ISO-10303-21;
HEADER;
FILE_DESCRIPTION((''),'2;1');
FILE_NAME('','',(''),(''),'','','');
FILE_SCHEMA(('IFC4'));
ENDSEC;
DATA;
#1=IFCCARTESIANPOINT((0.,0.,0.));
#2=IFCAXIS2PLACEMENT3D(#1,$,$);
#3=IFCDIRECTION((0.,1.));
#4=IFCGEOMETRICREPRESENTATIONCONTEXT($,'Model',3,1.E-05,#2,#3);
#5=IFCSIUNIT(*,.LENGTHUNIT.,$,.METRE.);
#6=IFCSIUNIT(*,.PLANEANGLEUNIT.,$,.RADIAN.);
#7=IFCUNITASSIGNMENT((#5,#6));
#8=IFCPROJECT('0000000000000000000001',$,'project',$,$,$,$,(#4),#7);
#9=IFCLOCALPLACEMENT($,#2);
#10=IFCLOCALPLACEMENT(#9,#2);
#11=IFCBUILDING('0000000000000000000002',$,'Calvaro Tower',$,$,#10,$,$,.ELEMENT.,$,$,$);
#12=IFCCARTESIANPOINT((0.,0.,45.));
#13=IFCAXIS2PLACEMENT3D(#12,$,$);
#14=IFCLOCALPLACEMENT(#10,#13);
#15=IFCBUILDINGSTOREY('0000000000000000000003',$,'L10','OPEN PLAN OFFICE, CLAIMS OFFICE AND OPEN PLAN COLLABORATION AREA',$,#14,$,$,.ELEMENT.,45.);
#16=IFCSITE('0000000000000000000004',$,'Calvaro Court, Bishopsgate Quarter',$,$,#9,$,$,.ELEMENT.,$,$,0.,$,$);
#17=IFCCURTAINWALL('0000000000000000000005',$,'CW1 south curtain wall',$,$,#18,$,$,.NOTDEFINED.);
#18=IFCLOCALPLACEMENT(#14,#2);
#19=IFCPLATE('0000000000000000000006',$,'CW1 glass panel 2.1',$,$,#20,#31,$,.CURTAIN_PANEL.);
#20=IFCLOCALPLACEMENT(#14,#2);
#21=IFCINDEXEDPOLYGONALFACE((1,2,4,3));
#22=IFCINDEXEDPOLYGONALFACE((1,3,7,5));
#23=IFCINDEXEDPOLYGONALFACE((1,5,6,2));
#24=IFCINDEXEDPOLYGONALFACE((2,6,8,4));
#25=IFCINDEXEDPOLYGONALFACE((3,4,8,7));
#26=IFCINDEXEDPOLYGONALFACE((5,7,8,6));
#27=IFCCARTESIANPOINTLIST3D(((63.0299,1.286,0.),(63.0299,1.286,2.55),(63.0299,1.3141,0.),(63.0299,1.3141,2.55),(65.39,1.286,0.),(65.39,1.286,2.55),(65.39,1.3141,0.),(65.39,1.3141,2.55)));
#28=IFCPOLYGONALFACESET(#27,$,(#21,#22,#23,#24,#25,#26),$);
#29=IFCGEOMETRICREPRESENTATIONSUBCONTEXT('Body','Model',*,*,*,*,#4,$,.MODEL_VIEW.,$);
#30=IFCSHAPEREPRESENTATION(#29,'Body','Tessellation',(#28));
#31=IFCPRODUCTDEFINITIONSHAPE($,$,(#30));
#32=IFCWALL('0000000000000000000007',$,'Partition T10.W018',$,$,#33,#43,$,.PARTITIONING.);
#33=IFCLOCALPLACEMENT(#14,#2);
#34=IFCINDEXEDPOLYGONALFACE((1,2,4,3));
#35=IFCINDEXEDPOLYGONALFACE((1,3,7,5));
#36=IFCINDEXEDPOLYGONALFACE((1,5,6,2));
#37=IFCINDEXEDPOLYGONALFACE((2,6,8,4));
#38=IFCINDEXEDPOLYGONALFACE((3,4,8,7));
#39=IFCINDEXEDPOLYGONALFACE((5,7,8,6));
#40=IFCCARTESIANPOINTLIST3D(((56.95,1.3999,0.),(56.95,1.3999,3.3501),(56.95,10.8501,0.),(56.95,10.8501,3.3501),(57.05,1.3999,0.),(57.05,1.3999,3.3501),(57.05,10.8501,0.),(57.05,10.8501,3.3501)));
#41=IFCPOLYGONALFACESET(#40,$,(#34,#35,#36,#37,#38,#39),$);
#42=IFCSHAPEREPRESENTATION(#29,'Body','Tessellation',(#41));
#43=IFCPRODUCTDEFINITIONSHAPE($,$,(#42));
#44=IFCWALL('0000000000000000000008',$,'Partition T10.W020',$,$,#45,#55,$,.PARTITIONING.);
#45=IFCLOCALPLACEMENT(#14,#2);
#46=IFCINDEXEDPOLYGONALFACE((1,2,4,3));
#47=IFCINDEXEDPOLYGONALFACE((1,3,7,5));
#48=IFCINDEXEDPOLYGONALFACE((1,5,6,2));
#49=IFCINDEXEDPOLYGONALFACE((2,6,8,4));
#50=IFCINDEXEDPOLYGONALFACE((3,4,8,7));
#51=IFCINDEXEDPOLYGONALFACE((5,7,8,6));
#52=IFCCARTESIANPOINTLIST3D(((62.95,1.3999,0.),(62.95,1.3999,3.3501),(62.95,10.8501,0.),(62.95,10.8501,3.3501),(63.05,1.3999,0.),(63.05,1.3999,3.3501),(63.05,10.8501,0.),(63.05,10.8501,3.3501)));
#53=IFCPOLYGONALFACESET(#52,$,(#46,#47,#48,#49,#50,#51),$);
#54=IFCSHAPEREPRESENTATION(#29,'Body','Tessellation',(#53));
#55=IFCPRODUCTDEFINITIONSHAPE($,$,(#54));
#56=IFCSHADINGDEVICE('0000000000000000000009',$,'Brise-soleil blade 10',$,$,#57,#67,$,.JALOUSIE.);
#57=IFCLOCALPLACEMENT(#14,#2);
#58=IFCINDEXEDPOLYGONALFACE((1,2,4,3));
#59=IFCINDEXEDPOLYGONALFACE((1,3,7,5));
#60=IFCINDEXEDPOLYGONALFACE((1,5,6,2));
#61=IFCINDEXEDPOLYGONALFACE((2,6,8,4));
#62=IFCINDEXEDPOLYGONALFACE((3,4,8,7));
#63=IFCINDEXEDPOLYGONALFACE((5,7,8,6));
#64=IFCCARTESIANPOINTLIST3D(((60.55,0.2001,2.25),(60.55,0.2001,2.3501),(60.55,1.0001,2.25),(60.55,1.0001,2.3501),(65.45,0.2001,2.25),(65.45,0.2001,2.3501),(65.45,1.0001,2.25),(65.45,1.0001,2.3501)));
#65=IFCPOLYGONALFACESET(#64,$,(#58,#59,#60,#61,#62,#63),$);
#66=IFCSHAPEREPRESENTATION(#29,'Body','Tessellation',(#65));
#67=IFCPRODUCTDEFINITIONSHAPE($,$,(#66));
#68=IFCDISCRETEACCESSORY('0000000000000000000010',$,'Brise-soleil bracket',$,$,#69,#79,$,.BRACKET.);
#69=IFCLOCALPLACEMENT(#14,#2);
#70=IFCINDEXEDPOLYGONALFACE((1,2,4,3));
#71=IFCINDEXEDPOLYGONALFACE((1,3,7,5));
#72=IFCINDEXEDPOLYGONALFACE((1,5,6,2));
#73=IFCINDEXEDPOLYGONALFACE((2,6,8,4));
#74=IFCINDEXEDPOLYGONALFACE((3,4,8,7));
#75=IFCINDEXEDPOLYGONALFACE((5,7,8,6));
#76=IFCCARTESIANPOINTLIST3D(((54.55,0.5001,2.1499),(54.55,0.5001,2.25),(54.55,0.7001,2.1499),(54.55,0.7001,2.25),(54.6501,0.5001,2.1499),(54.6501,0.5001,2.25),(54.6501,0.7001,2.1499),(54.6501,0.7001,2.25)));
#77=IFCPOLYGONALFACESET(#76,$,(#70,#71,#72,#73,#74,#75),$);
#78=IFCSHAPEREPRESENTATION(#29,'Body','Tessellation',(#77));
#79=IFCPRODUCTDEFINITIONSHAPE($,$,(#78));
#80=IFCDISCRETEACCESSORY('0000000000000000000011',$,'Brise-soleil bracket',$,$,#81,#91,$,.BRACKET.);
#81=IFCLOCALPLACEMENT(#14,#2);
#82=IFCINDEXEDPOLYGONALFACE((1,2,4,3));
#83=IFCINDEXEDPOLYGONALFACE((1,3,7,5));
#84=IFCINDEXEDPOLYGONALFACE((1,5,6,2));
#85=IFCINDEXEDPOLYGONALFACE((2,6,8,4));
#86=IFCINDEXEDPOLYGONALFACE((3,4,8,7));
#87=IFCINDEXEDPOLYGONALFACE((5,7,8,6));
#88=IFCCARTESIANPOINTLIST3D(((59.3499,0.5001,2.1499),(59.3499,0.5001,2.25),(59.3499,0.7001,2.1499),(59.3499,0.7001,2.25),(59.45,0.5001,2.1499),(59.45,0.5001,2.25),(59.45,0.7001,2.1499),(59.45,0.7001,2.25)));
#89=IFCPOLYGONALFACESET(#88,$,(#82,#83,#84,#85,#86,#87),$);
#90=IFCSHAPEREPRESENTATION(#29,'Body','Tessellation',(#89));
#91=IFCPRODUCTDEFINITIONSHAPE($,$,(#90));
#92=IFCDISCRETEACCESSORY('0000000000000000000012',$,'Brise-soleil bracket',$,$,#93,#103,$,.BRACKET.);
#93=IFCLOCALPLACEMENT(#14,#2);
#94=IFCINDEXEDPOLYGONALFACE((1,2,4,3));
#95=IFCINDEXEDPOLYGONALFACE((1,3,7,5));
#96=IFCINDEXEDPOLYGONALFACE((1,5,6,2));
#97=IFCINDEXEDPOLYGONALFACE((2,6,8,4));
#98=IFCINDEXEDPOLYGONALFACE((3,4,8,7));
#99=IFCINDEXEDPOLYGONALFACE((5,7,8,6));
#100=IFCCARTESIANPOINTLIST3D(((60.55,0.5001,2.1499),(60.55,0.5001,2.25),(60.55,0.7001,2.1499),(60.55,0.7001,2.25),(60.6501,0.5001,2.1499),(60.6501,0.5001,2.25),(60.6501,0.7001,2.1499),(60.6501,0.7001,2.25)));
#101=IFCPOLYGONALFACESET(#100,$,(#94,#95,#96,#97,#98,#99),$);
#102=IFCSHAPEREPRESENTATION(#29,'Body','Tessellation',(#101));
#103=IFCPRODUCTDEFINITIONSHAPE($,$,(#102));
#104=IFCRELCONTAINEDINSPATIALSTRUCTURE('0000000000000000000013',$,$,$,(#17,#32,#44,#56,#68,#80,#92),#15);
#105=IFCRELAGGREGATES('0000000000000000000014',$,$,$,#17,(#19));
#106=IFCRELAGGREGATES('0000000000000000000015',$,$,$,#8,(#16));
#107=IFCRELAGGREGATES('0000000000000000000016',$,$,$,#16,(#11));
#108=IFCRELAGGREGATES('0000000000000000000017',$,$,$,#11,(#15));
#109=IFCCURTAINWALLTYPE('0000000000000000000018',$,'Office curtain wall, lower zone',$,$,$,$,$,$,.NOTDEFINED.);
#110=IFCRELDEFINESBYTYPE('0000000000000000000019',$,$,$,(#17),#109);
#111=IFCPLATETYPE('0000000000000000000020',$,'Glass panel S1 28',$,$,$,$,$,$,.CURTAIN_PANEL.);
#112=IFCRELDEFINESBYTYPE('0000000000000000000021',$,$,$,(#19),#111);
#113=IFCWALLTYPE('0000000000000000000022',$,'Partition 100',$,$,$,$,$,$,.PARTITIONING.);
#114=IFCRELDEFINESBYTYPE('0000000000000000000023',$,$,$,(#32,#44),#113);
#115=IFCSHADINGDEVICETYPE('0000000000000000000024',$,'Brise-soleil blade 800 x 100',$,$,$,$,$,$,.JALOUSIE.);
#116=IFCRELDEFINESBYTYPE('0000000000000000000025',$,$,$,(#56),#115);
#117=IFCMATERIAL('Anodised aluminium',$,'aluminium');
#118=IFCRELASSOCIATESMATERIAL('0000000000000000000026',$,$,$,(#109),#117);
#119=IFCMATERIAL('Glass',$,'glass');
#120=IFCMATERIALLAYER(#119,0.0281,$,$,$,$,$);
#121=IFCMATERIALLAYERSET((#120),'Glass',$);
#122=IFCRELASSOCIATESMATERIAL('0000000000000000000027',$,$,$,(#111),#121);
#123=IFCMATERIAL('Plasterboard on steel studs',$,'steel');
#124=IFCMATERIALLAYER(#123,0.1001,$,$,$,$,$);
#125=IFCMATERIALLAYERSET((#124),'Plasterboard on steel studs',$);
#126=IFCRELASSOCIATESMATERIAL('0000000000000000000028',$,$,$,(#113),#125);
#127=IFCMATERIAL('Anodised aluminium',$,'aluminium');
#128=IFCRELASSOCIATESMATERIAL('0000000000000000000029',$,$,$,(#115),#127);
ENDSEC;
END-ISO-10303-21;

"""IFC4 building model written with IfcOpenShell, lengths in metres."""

from ifc_helpers import new_model, si_unit, direction, frame, frame_2d, origin, origin_2d, place, context, subcontext, project, spatial, rectangle, extrude, material, layer, layer_set, material_profile, profile_set, type_object, element, aggregate, save


model = new_model("IFC4")

# Units and contexts
model_context = context("Model", 3, precision=1e-05, world=origin(), true_north=direction((0.0, 1.0)))
body_context = subcontext(model_context, "Body", "Model", "MODEL_VIEW")
ifc_project = project(units=[si_unit("LENGTHUNIT", "METRE"), si_unit("PLANEANGLEUNIT", "RADIAN")], contexts=[model_context])

# Site, building, storey
site_placement = place(None, origin())
site = spatial("IfcSite", under=ifc_project, at=site_placement, Name="Calvaro Court, Bishopsgate Quarter", CompositionType="ELEMENT", RefElevation=0.0)
building_placement = place(site_placement, origin())
building = spatial("IfcBuilding", under=site, at=building_placement, Name="Calvaro Tower", CompositionType="ELEMENT")
storey_placement = place(building_placement, frame((0.0, 0.0, 45.0)))
storey = spatial("IfcBuildingStorey", under=building, at=storey_placement, Name="L10", Description="OPEN PLAN OFFICE, CLAIMS OFFICE AND OPEN PLAN COLLABORATION AREA", CompositionType="ELEMENT", Elevation=45.0)

# Curtain wall
ifc_material_1 = material(Name="Anodised aluminium", Category="aluminium")
curtain_wall_type = type_object("IfcCurtainWallType", Name="Office curtain wall, lower zone", PredefinedType="NOTDEFINED", material=ifc_material_1)
curtain_wall_1_placement = place(storey_placement, origin())
curtain_wall_1 = element("IfcCurtainWall", 1, at=curtain_wall_1_placement, inside=storey, type_object=curtain_wall_type, Name="CW1 south curtain wall", PredefinedType="NOTDEFINED")

# Plate
ifc_material_2 = material(Name="Glass", Category="glass")
ifc_layer_1 = layer(ifc_material_2, 0.0281)
ifc_layer_set_1 = layer_set([ifc_layer_1], Name="Glass")
plate_type = type_object("IfcPlateType", Name="Glass panel S1 28", PredefinedType="CURTAIN_PANEL", material=ifc_layer_set_1)
plate_1_placement = place(storey_placement, frame((64.21, 1.3, 0.0), z_axis=(0.0, 0.0, 1.0), x_axis=(1.0, 0.0, 0.0)))
plate_1 = element("IfcPlate", 2, at=plate_1_placement, type_object=plate_type, Name="CW1 glass panel 2.1", PredefinedType="CURTAIN_PANEL", context=body_context, shape_type="SweptSolid", body=[
    extrude(rectangle(XDim=2.3601, YDim=0.0281, at=origin_2d()), origin(), (0.0, 0.0, 1.0), 2.55),
])
aggregate(curtain_wall_1, [plate_1])

# Walls
ifc_material_3 = material(Name="Plasterboard on steel studs", Category="steel")
ifc_layer_2 = layer(ifc_material_3, 0.1001)
ifc_layer_set_2 = layer_set([ifc_layer_2], Name="Plasterboard on steel studs")
wall_type = type_object("IfcWallType", Name="Partition 100", PredefinedType="PARTITIONING", material=ifc_layer_set_2)
for number, where, z_axis, x_axis, name in (
    (3, (57.0, 1.3999, 0.0), (0.0, 0.0, 1.0), (0.0, 1.0, 0.0), "Partition T10.W018"),
    (4, (63.0, 1.3999, 0.0), (0.0, 0.0, 1.0), (0.0, 1.0, 0.0), "Partition T10.W020"),
):
    element("IfcWall", number, at=place(storey_placement, frame(where, z_axis=z_axis, x_axis=x_axis)), inside=storey, type_object=wall_type, Name=name, PredefinedType="PARTITIONING", context=body_context, shape_type="SweptSolid", body=[
        extrude(rectangle(XDim=9.4502, YDim=0.1001, at=frame_2d((4.7251, 0.0))), origin(), (0.0, 0.0, 1.0), 3.3501),
    ])

# Shading device
ifc_material_4 = material(Name="Anodised aluminium", Category="aluminium")
ifc_material_profile_1 = material_profile(ifc_material_4, rectangle(XDim=0.8, YDim=0.1001, at=origin_2d()), Name="Brise-soleil blade 800 x 100")
ifc_profile_set_1 = profile_set([ifc_material_profile_1], Name="Anodised aluminium")
shading_device_type = type_object("IfcShadingDeviceType", Name="Brise-soleil blade 800 x 100", PredefinedType="JALOUSIE", material=ifc_profile_set_1)
shading_device_placement = place(storey_placement, frame((60.55, 0.6001, 2.3), z_axis=(1.0, 0.0, 0.0), x_axis=(0.0, 1.0, 0.0)))
element("IfcShadingDevice", 5, at=shading_device_placement, inside=storey, type_object=shading_device_type, Name="Brise-soleil blade 10", PredefinedType="JALOUSIE", context=body_context, shape_type="SweptSolid", body=[
    extrude(rectangle(XDim=0.8, YDim=0.1001, at=origin_2d()), origin(), (0.0, 0.0, 1.0), 4.8999),
])

# Discrete accessories
for number, where, z_axis, x_axis, name in (
    (6, (54.6001, 0.6001, 2.1499), (0.0, 0.0, 1.0), (1.0, 0.0, 0.0), "Brise-soleil bracket"),
    (7, (59.3999, 0.6001, 2.1499), (0.0, 0.0, 1.0), (1.0, 0.0, 0.0), "Brise-soleil bracket"),
    (8, (60.6001, 0.6001, 2.1499), (0.0, 0.0, 1.0), (1.0, 0.0, 0.0), "Brise-soleil bracket"),
):
    element("IfcDiscreteAccessory", number, at=place(storey_placement, frame(where, z_axis=z_axis, x_axis=x_axis)), inside=storey, Name=name, PredefinedType="BRACKET", context=body_context, shape_type="SweptSolid", body=[
        extrude(rectangle(XDim=0.1001, YDim=0.2, at=origin_2d()), origin(), (0.0, 0.0, 1.0), 0.1001),
    ])

save(model, "model.ifc")
